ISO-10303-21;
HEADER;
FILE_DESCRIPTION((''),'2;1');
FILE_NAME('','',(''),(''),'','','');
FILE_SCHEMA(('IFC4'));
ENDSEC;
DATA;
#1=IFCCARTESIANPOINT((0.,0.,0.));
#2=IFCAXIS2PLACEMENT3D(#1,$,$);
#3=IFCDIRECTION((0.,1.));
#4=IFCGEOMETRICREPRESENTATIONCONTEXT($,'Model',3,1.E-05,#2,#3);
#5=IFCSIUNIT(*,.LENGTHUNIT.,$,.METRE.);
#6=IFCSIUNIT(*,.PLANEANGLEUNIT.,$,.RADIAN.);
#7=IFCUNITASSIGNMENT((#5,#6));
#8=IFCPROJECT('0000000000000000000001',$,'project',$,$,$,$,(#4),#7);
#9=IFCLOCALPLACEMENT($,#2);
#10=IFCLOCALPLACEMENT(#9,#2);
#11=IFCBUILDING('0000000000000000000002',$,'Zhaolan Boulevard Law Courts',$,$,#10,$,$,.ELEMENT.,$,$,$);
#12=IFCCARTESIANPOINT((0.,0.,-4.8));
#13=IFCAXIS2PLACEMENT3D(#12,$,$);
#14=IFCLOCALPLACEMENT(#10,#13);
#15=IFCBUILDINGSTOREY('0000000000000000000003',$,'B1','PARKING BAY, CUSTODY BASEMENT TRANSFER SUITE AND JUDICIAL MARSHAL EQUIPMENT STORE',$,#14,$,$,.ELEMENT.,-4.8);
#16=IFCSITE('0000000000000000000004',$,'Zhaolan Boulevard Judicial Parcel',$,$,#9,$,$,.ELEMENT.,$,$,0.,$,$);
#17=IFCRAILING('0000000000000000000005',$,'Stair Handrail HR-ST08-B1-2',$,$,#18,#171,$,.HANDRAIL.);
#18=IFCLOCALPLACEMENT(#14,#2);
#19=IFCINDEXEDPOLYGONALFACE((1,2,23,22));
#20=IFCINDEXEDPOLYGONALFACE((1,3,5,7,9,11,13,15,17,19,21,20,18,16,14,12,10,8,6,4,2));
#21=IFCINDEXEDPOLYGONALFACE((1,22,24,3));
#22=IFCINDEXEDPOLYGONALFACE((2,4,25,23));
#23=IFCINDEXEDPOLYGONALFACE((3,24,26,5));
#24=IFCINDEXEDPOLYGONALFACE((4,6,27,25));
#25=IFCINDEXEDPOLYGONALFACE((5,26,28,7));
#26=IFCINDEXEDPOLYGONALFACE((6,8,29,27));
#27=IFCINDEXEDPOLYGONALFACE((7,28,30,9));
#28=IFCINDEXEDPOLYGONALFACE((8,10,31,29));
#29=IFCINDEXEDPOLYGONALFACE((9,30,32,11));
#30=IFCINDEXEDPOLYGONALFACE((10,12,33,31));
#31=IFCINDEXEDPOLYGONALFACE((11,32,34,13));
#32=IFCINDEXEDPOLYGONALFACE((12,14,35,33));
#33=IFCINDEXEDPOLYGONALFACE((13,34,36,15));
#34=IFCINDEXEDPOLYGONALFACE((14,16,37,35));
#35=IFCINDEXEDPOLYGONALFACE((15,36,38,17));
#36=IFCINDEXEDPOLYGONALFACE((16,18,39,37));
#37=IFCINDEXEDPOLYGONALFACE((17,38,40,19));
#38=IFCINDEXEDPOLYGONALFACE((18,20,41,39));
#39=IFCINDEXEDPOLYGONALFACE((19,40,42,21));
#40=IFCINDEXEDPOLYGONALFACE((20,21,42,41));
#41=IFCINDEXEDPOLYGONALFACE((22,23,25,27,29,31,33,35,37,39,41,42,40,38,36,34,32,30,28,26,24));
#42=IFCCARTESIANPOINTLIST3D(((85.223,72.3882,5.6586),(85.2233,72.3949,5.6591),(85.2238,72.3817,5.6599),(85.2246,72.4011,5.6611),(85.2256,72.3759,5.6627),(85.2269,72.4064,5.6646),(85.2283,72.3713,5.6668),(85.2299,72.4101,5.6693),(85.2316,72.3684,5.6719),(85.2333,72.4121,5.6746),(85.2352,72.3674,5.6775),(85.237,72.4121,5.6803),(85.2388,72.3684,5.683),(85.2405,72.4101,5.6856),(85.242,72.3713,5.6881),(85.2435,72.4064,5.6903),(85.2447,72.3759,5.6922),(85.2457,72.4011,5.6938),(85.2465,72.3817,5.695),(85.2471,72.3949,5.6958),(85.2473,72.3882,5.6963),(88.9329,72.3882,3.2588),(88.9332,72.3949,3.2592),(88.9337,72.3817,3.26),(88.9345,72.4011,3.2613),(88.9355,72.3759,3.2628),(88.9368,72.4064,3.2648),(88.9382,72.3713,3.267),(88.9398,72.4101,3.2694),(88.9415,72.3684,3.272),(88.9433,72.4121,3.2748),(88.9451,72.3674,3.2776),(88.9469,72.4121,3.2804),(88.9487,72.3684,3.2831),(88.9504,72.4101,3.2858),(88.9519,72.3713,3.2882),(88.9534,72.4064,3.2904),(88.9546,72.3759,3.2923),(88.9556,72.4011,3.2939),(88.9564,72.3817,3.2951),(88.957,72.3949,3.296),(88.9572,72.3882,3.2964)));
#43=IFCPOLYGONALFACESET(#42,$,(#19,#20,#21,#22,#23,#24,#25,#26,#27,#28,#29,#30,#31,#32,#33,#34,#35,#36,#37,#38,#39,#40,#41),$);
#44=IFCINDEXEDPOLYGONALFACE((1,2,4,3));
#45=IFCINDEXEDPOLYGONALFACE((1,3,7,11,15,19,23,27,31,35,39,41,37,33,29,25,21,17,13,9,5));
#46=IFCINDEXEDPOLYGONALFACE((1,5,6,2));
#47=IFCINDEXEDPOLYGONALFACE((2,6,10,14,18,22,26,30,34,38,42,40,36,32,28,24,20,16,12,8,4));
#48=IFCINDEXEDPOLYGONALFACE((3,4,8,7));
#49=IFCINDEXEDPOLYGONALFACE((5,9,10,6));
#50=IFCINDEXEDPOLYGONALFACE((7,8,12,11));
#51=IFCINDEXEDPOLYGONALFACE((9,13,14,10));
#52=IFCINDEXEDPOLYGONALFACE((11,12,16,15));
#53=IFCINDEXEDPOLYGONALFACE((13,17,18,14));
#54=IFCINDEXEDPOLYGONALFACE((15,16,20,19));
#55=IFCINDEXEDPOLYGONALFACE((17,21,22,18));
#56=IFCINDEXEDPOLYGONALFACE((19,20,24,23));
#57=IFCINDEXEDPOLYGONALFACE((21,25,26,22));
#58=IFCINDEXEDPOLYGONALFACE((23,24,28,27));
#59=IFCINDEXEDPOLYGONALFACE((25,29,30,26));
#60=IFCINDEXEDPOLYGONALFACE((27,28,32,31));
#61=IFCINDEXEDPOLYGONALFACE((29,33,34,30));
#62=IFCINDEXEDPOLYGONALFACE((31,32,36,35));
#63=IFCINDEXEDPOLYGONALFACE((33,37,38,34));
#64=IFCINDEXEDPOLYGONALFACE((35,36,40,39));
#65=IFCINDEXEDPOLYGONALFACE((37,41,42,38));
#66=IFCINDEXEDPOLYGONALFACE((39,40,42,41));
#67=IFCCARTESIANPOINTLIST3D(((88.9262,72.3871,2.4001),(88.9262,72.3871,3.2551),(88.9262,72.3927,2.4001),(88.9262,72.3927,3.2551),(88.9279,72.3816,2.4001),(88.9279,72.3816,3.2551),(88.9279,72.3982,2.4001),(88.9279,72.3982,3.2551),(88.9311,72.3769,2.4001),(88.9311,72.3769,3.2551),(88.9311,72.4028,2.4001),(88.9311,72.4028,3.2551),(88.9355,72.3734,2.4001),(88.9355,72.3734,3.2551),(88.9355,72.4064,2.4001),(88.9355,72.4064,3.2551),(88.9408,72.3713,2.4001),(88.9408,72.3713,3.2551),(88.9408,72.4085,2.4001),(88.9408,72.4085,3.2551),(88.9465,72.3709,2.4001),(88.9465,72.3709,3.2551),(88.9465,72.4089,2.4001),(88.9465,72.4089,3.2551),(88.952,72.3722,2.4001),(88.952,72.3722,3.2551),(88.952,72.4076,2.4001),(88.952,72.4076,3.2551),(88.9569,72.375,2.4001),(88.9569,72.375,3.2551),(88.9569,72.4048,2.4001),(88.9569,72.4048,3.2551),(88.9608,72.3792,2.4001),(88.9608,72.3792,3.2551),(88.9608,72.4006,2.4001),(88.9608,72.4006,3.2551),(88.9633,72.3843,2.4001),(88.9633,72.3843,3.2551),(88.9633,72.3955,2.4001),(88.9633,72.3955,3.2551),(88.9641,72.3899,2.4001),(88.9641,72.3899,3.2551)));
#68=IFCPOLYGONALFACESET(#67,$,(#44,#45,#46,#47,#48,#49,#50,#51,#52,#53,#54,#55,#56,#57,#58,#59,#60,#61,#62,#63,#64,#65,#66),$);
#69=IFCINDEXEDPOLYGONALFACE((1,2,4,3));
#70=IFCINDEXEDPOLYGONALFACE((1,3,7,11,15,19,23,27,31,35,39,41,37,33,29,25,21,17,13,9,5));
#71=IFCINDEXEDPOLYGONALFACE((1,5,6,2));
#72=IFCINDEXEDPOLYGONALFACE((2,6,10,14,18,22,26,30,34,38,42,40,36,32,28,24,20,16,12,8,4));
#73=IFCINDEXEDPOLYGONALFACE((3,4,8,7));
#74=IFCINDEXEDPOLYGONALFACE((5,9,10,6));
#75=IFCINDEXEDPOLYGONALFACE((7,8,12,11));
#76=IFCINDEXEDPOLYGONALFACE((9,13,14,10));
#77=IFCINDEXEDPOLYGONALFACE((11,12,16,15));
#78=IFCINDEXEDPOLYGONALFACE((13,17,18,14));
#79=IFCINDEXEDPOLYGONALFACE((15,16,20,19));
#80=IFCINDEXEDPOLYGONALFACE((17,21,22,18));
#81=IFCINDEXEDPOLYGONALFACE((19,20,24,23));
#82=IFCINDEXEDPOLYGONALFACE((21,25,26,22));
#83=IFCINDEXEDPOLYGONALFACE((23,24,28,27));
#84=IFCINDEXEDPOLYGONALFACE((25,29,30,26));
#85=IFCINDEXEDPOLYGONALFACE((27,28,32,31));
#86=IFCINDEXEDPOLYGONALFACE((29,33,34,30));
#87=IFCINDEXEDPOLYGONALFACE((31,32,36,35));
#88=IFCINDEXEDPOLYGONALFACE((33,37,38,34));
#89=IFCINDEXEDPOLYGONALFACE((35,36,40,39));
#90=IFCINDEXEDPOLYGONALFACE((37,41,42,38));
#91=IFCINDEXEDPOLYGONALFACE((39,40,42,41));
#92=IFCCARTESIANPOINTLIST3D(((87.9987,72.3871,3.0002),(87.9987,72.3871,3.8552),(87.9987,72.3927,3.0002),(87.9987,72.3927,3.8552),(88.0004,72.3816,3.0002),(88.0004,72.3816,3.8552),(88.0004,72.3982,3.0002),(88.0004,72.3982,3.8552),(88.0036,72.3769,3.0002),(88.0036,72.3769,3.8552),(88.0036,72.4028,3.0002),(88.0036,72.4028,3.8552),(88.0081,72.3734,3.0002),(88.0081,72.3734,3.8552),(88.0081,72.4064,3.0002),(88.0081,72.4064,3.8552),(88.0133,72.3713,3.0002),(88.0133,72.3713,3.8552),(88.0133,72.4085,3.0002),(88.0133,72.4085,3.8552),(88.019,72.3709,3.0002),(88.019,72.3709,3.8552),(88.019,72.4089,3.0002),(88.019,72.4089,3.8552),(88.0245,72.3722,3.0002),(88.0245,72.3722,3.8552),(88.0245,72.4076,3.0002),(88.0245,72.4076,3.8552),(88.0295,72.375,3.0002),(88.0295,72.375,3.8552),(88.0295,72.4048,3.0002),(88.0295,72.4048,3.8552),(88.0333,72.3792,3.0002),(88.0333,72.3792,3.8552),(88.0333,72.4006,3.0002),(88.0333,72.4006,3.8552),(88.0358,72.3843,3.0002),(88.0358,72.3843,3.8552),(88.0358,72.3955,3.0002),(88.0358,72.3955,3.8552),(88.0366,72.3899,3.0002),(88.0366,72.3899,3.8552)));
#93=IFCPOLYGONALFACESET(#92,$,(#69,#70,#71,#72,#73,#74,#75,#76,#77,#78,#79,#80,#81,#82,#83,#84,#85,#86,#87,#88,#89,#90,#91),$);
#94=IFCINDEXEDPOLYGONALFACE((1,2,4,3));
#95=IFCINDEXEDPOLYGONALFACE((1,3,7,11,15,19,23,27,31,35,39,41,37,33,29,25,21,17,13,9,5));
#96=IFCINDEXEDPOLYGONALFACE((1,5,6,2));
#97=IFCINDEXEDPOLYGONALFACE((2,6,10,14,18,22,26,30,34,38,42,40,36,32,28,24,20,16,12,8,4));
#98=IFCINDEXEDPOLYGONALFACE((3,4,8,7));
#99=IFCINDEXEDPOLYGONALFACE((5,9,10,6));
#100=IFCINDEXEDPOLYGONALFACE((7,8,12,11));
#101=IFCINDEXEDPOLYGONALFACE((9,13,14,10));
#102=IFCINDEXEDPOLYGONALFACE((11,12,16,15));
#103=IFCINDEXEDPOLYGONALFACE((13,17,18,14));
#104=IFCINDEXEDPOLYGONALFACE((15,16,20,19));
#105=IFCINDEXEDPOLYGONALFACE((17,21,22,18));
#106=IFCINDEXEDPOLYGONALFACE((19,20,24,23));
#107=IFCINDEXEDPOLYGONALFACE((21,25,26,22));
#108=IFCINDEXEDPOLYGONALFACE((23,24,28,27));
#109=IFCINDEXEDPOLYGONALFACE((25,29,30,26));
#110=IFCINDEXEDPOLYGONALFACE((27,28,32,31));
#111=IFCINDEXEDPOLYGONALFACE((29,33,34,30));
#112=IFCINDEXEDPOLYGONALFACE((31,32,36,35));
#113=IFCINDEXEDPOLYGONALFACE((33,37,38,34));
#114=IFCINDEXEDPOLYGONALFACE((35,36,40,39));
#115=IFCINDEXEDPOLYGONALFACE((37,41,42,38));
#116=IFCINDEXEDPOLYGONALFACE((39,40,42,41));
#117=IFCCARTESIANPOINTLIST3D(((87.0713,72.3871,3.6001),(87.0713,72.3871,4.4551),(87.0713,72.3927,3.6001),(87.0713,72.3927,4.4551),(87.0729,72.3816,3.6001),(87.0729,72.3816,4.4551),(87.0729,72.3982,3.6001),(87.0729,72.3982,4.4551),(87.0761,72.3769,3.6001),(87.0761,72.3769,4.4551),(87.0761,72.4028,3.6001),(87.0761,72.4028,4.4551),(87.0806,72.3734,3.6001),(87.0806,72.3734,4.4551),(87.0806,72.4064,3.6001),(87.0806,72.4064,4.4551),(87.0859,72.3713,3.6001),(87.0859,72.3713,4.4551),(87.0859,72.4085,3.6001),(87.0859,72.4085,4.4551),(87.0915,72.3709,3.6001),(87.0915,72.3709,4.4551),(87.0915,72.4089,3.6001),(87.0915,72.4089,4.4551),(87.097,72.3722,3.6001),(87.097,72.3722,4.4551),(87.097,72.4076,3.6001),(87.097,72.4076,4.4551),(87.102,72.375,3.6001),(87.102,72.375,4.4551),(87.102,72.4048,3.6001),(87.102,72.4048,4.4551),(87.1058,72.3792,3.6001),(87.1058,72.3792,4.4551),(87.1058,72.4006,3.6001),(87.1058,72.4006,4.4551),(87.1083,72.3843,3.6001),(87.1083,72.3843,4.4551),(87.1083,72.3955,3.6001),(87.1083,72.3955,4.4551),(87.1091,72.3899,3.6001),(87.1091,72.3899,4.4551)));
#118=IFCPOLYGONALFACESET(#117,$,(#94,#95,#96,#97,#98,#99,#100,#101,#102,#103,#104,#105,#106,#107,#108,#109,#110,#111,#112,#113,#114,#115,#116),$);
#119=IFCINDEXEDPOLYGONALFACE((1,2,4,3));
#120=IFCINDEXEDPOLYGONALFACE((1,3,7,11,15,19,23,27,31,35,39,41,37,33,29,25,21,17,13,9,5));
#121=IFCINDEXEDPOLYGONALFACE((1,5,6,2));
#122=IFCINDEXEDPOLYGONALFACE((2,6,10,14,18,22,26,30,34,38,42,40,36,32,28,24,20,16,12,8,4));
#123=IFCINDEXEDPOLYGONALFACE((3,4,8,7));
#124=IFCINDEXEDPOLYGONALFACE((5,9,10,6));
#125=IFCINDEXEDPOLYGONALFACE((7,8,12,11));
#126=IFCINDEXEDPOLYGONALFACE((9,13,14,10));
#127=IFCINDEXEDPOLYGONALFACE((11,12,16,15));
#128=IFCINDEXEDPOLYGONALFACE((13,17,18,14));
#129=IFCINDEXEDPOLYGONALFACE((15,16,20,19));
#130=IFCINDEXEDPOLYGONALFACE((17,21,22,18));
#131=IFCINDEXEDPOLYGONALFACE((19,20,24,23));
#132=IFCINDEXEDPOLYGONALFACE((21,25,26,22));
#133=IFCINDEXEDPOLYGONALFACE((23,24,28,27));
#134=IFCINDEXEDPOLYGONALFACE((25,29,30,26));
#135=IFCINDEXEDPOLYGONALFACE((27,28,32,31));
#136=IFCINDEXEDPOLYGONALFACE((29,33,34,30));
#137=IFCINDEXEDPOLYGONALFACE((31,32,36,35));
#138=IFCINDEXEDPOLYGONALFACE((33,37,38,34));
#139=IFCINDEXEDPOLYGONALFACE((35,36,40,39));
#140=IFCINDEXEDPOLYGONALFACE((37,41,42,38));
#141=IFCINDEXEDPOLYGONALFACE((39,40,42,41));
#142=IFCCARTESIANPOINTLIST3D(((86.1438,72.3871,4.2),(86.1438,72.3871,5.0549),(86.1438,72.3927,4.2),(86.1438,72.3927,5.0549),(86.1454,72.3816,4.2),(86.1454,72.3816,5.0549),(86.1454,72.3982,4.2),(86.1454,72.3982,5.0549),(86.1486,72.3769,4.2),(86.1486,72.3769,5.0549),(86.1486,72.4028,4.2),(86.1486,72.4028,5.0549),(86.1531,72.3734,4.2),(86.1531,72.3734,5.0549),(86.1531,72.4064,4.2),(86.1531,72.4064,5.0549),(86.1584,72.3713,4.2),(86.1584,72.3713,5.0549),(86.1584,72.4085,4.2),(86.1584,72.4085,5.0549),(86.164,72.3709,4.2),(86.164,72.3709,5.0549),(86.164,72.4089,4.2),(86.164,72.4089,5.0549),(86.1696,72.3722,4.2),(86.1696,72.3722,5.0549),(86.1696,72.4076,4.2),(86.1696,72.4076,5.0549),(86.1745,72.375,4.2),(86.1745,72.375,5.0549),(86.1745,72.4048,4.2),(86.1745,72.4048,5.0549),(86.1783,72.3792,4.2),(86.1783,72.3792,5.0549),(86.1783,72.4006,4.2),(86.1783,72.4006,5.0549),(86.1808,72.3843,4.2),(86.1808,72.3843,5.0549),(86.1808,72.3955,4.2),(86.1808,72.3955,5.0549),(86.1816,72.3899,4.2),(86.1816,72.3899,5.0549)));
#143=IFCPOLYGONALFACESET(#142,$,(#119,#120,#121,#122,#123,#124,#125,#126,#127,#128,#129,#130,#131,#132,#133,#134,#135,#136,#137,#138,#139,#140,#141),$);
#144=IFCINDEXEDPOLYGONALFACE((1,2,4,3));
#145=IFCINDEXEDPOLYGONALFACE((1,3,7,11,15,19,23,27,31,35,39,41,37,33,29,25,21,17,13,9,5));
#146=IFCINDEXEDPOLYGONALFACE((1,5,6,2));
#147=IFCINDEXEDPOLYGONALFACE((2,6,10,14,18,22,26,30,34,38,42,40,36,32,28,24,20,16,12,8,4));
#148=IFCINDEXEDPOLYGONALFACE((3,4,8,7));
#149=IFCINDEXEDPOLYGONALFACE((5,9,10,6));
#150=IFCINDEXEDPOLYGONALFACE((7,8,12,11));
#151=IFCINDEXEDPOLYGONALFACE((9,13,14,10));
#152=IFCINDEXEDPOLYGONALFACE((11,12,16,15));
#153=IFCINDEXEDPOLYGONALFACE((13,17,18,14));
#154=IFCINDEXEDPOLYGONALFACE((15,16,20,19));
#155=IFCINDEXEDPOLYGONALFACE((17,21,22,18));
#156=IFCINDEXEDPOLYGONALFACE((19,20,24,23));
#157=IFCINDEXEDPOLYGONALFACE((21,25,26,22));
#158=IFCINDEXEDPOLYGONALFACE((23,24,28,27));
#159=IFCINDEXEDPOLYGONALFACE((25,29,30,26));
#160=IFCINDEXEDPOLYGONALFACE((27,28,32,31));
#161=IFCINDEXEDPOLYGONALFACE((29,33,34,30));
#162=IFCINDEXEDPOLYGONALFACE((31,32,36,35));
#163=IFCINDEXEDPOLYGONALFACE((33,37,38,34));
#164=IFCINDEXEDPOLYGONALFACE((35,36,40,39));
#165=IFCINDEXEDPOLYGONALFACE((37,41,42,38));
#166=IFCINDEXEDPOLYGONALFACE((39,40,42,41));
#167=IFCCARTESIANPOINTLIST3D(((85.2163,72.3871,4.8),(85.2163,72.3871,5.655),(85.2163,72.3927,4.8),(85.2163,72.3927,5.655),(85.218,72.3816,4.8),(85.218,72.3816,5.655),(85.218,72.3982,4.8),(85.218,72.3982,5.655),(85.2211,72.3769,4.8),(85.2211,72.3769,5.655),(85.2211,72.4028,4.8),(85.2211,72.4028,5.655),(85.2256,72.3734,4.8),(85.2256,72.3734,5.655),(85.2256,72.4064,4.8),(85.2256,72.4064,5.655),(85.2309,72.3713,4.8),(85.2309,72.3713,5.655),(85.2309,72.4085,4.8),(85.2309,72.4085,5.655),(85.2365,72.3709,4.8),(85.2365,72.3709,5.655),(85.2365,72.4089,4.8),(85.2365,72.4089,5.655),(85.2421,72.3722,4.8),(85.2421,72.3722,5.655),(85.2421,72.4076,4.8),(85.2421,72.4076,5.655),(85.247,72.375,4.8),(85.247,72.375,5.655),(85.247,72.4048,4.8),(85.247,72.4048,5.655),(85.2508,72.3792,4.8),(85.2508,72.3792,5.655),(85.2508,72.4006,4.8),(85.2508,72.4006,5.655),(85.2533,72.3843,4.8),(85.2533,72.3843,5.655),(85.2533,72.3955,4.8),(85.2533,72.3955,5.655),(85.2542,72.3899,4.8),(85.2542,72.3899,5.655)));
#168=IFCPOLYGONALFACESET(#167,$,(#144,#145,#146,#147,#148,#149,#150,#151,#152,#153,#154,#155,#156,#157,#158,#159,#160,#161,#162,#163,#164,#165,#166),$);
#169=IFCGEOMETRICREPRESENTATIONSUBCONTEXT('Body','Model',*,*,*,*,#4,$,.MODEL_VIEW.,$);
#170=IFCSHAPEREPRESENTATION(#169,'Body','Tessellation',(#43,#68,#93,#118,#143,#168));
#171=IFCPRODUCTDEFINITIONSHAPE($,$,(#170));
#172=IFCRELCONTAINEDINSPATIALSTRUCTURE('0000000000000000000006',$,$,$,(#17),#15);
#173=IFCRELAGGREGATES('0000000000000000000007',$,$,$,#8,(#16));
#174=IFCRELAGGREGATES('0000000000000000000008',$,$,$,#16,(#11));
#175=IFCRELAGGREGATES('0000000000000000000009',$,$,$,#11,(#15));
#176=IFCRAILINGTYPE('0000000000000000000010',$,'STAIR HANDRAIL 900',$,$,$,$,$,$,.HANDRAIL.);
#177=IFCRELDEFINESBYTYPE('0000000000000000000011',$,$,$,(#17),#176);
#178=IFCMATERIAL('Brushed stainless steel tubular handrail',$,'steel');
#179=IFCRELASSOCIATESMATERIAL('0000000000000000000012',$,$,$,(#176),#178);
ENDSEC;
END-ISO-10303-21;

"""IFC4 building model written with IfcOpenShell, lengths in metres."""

from ifc_helpers import new_model, si_unit, direction, frame, origin, origin_2d, place, context, subcontext, project, spatial, circle, extrude, material, type_object, element, save


model = new_model("IFC4")

# Units and contexts
model_context = context("Model", 3, precision=1e-05, world=origin(), true_north=direction((0.0, 1.0)))
body_context = subcontext(model_context, "Body", "Model", "MODEL_VIEW")
ifc_project = project(units=[si_unit("LENGTHUNIT", "METRE"), si_unit("PLANEANGLEUNIT", "RADIAN")], contexts=[model_context])

# Site, building, storey
site_placement = place(None, origin())
site = spatial("IfcSite", under=ifc_project, at=site_placement, Name="Zhaolan Boulevard Judicial Parcel", CompositionType="ELEMENT", RefElevation=0.0)
building_placement = place(site_placement, origin())
building = spatial("IfcBuilding", under=site, at=building_placement, Name="Zhaolan Boulevard Law Courts", CompositionType="ELEMENT")
storey_placement = place(building_placement, frame((0.0, 0.0, -4.8)))
storey = spatial("IfcBuildingStorey", under=building, at=storey_placement, Name="B1", Description="PARKING BAY, CUSTODY BASEMENT TRANSFER SUITE AND JUDICIAL MARSHAL EQUIPMENT STORE", CompositionType="ELEMENT", Elevation=-4.8)

# Railing
ifc_material_1 = material(Name="Brushed stainless steel tubular handrail", Category="steel")
railing_type_1 = type_object("IfcRailingType", Name="STAIR HANDRAIL 900", PredefinedType="HANDRAIL", material=ifc_material_1)
railing_1_placement = place(storey_placement, frame((88.9451, 72.3899, 2.4001)))
element("IfcRailing", 1, at=railing_1_placement, inside=storey, type_object=railing_type_1, Name="Stair Handrail HR-ST08-B1-2", PredefinedType="HANDRAIL", context=body_context, shape_type="SweptSolid", body=[
    extrude(circle(Radius=0.0225, at=origin_2d()), frame((0.0, 0.0, 0.8774), z_axis=(-0.839638, 0.0, 0.543146), x_axis=(0.0, -1.0, 0.0)), (0.0, 0.0, 1.0), 4.4185),
    extrude(circle(Radius=0.019, at=origin_2d()), origin(), (0.0, 0.0, 1.0), 0.855),
    extrude(circle(Radius=0.019, at=origin_2d()), frame((-0.9275, 0.0, 0.6001)), (0.0, 0.0, 1.0), 0.855),
    extrude(circle(Radius=0.019, at=origin_2d()), frame((-1.855, 0.0, 1.2)), (0.0, 0.0, 1.0), 0.855),
    extrude(circle(Radius=0.019, at=origin_2d()), frame((-2.7825, 0.0, 1.7998)), (0.0, 0.0, 1.0), 0.855),
    extrude(circle(Radius=0.019, at=origin_2d()), frame((-3.71, 0.0, 2.3999)), (0.0, 0.0, 1.0), 0.855),
])

save(model, "model.ifc")
